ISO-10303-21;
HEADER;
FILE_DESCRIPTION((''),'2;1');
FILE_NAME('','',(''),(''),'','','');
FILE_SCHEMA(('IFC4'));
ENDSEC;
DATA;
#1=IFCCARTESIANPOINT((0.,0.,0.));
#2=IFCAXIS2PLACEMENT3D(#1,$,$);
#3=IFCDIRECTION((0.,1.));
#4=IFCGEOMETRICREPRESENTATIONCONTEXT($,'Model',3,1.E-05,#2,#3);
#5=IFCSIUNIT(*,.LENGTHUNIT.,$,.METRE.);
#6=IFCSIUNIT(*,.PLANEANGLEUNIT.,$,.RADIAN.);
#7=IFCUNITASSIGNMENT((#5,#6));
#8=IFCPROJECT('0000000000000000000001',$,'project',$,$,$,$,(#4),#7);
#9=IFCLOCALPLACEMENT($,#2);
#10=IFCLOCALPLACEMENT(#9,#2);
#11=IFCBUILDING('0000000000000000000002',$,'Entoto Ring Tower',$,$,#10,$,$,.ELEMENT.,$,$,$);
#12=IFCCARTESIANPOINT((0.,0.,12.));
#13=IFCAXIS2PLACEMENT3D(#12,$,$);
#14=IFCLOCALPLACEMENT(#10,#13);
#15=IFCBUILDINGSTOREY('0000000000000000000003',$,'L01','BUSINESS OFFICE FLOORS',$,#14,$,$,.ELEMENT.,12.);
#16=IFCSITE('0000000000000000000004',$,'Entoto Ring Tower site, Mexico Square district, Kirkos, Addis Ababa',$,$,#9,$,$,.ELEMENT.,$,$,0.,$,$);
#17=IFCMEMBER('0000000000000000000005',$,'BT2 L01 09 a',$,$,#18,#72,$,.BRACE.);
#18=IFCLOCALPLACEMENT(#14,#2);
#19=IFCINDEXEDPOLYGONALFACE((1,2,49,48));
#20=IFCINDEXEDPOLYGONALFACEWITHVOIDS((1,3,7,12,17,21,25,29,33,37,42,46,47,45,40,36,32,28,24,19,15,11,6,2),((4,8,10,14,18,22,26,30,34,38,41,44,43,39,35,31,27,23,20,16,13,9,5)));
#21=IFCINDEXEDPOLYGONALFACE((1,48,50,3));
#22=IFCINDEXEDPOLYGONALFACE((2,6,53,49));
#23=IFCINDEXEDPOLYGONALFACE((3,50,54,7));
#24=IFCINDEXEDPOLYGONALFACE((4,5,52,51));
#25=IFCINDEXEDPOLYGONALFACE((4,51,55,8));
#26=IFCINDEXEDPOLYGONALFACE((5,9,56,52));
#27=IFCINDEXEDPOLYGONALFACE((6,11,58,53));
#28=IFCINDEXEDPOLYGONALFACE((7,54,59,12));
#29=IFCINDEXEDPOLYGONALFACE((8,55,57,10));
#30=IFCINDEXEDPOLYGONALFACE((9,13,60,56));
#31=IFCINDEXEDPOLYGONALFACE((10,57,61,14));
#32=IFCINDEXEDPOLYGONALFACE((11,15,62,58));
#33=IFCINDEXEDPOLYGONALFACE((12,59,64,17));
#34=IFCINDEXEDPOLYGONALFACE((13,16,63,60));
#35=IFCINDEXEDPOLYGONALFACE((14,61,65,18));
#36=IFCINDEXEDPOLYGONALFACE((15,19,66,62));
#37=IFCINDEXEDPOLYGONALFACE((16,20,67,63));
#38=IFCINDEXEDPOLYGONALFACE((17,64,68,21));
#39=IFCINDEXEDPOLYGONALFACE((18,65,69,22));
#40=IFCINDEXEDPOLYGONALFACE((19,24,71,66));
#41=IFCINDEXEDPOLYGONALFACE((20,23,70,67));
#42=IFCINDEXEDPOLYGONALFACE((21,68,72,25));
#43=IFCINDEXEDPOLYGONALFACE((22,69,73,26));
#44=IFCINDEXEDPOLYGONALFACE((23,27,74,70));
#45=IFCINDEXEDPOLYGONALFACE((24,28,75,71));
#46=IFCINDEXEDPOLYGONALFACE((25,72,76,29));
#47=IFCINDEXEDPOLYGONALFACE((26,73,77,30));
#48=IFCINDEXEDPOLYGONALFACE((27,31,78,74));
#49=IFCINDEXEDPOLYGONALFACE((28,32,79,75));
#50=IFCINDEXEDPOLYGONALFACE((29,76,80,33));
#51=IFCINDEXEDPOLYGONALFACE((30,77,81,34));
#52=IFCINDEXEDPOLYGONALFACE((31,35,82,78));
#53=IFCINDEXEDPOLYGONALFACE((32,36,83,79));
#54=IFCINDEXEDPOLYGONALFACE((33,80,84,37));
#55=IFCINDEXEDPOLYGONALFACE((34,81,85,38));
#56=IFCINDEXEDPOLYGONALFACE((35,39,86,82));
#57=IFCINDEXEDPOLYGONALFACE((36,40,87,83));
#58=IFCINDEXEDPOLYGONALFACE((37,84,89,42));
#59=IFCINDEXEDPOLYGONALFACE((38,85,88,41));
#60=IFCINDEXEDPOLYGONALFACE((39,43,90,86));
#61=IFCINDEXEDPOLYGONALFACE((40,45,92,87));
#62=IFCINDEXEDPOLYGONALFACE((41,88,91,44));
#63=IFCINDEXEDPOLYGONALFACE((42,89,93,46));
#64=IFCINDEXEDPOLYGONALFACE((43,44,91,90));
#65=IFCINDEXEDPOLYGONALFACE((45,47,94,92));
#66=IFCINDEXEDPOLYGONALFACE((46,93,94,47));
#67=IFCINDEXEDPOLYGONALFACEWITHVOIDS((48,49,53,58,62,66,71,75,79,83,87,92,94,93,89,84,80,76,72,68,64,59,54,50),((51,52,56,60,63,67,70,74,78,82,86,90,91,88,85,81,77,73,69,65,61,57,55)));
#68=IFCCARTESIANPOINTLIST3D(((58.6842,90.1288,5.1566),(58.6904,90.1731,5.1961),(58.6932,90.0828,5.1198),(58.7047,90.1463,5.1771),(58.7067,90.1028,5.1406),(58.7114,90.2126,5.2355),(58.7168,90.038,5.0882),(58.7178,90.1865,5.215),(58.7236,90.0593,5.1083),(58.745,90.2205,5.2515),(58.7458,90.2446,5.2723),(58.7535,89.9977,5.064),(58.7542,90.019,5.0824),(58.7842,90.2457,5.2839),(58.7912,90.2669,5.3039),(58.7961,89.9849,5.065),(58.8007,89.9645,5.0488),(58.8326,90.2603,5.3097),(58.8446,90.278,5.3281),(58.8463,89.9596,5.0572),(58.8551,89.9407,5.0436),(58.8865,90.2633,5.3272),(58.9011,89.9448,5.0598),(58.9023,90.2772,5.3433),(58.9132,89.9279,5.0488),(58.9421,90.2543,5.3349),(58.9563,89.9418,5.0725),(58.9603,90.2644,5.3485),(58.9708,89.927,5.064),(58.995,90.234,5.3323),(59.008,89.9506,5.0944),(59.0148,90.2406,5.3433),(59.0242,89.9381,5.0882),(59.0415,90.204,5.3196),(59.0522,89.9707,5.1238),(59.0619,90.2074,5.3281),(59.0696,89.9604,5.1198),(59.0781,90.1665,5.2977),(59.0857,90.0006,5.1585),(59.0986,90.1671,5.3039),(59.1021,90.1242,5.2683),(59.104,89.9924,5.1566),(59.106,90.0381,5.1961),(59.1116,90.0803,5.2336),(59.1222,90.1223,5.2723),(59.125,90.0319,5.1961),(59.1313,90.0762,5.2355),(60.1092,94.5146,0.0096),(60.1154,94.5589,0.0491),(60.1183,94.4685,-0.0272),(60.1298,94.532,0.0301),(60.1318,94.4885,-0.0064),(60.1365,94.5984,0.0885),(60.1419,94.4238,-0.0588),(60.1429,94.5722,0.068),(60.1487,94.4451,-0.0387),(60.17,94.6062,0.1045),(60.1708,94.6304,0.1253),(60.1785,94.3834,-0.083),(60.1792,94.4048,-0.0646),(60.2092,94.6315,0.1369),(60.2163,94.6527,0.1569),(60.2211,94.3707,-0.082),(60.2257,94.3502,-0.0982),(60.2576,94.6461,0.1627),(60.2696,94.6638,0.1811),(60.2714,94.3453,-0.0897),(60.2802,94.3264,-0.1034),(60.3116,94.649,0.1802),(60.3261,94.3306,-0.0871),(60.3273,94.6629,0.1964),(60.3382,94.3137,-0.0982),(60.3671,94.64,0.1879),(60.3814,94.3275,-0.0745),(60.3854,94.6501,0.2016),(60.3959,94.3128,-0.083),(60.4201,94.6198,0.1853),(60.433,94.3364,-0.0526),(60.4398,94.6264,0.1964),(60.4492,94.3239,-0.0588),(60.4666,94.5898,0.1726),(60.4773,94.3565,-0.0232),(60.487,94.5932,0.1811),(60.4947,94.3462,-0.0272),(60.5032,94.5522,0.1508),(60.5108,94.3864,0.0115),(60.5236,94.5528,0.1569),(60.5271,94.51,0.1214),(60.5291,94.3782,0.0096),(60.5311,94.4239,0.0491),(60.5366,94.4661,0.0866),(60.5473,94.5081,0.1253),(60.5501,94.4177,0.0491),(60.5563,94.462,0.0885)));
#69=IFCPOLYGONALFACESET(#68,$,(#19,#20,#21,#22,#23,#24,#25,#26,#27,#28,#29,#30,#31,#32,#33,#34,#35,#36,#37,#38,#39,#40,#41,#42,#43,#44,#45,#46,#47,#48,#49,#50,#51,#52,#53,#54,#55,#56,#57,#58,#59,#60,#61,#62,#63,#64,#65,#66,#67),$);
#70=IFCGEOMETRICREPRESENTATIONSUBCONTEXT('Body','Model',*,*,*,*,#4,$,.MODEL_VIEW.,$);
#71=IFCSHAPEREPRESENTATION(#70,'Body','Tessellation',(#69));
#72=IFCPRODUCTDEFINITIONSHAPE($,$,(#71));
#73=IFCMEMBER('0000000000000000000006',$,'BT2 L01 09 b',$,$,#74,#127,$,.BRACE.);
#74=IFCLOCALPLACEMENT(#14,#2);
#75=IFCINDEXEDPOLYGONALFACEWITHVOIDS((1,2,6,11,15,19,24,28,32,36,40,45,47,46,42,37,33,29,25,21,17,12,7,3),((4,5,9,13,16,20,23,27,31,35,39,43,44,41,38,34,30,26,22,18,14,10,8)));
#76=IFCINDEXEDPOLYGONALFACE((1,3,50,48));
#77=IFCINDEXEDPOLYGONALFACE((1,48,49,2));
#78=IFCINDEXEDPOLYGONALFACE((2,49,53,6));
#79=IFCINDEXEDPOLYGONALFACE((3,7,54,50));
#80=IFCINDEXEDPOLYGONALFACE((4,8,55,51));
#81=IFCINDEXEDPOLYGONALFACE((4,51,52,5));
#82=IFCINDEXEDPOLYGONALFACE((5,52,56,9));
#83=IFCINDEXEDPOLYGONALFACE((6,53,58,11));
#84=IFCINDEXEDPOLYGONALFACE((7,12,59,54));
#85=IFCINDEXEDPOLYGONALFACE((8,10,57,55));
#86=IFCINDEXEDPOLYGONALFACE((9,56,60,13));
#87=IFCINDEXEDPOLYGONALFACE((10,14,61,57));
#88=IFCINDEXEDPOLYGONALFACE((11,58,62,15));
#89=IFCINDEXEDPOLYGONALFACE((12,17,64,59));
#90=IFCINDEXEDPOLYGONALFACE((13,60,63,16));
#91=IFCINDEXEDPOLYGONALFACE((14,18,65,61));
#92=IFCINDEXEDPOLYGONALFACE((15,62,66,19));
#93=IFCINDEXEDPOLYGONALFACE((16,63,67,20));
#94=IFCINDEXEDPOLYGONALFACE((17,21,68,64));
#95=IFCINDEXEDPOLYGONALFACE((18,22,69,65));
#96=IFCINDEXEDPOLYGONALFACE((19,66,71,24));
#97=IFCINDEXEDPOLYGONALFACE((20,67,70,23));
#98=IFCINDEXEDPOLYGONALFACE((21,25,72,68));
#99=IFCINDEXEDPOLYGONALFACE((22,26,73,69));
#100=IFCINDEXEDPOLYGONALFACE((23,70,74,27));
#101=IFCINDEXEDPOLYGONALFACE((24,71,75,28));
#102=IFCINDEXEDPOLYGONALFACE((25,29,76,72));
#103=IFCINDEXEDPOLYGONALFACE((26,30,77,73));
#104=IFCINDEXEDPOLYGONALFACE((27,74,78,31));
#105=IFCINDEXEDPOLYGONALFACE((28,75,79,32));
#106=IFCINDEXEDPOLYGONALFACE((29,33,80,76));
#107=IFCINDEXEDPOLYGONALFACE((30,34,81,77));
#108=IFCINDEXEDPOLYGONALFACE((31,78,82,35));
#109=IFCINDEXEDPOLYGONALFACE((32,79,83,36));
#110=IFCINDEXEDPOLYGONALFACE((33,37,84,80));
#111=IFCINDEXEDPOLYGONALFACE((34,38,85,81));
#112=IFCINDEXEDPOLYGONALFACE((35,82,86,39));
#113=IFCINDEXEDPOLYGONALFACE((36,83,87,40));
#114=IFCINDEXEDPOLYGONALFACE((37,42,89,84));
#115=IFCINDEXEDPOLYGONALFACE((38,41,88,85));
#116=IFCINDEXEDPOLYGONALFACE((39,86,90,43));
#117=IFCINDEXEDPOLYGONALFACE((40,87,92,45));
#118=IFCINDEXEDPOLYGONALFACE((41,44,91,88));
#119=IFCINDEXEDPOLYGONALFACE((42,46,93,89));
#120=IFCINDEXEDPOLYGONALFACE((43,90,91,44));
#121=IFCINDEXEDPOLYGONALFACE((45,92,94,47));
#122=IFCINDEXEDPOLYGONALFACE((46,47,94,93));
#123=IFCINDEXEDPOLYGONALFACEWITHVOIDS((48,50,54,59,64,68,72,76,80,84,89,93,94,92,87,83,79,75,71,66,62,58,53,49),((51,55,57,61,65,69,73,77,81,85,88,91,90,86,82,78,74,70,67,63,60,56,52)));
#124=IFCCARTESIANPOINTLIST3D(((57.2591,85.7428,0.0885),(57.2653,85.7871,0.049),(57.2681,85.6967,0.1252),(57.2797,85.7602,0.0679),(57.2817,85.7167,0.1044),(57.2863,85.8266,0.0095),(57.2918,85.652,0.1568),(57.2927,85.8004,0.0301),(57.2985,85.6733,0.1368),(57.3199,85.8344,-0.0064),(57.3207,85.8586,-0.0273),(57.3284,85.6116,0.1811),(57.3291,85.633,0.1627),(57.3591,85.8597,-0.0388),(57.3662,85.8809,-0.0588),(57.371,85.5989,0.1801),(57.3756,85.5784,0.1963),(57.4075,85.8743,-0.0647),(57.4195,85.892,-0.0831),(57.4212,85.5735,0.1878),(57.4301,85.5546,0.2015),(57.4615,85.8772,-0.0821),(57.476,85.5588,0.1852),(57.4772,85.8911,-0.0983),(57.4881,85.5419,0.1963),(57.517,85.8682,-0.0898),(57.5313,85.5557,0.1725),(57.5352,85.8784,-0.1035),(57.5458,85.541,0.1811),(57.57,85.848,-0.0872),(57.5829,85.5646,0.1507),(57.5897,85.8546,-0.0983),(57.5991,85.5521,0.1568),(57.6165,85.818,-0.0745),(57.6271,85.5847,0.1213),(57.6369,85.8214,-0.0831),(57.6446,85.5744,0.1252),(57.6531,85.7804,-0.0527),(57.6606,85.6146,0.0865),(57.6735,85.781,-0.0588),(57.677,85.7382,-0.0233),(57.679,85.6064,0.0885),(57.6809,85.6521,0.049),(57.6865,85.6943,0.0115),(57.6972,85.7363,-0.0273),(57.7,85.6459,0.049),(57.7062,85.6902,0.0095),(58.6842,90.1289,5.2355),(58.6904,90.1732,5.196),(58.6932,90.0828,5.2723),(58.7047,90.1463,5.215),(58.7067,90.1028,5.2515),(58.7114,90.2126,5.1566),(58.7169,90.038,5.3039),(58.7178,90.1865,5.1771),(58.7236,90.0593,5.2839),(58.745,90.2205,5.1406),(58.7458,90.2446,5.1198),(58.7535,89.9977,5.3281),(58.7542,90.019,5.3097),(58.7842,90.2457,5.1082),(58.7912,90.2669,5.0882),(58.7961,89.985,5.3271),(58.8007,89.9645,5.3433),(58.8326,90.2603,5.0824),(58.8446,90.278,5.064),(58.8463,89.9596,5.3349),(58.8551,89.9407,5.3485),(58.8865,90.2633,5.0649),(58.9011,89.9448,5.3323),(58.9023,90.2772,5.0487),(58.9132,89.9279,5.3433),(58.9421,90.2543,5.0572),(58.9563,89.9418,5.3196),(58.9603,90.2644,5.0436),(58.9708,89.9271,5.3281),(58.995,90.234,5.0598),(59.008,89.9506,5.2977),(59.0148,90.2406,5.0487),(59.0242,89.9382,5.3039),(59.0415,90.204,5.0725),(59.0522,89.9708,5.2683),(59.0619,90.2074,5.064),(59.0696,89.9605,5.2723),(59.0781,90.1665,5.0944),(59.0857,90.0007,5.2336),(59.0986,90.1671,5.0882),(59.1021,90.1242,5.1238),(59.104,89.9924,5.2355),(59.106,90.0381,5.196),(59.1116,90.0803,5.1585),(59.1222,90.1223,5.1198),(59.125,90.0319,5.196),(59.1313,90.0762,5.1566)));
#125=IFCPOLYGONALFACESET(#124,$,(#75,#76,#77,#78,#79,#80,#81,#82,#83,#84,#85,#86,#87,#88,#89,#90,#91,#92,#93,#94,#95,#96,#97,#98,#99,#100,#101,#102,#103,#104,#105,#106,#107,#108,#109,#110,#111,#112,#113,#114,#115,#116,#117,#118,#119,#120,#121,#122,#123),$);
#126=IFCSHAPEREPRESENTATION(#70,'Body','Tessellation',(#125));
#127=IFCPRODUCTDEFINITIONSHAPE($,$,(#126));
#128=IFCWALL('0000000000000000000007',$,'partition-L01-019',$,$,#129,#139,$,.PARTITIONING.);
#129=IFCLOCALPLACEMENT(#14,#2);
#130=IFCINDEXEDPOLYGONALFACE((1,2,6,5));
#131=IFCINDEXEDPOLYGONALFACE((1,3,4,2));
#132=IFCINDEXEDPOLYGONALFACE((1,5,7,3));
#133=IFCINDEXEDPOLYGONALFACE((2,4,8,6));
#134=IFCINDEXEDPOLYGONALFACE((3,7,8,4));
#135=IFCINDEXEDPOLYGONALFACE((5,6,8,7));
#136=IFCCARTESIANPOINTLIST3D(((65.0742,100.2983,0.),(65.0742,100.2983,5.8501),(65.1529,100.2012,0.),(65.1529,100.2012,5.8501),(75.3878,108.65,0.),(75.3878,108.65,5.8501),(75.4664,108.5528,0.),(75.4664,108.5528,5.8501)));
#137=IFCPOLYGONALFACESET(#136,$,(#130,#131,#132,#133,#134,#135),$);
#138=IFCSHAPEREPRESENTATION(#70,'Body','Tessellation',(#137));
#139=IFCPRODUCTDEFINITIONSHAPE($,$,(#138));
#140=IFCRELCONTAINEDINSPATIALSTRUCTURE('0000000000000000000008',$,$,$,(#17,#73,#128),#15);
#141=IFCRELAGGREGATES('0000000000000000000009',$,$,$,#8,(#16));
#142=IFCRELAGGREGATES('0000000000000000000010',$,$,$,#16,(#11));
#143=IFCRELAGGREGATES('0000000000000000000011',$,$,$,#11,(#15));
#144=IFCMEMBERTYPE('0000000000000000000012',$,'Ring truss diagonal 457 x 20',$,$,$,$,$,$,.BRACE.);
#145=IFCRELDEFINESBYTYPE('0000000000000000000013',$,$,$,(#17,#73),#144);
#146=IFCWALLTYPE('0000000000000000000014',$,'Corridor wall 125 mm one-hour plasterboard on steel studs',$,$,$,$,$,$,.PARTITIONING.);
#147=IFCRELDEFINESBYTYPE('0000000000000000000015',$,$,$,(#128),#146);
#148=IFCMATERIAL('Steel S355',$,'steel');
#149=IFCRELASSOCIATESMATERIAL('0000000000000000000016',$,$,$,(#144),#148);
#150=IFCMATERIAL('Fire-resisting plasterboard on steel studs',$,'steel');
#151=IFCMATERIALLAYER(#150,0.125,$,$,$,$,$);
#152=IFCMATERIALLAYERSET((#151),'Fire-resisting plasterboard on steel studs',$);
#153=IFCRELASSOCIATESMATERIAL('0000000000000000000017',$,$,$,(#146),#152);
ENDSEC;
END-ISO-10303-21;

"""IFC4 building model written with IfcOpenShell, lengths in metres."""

from ifc_helpers import new_model, si_unit, direction, frame, frame_2d, origin, origin_2d, place, context, subcontext, project, spatial, rectangle, circle, hollow_circle, extrude, material, layer, layer_set, material_profile, profile_set, type_object, element, save


model = new_model("IFC4")

# Units and contexts
model_context = context("Model", 3, precision=1e-05, world=origin(), true_north=direction((0.0, 1.0)))
body_context = subcontext(model_context, "Body", "Model", "MODEL_VIEW")
ifc_project = project(units=[si_unit("LENGTHUNIT", "METRE"), si_unit("PLANEANGLEUNIT", "RADIAN")], contexts=[model_context])

# Site, building, storey
site_placement = place(None, origin())
site = spatial("IfcSite", under=ifc_project, at=site_placement, Name="Entoto Ring Tower site, Mexico Square district, Kirkos, Addis Ababa", CompositionType="ELEMENT", RefElevation=0.0)
building_placement = place(site_placement, origin())
building = spatial("IfcBuilding", under=site, at=building_placement, Name="Entoto Ring Tower", CompositionType="ELEMENT")
storey_placement = place(building_placement, frame((0.0, 0.0, 12.0)))
storey = spatial("IfcBuildingStorey", under=building, at=storey_placement, Name="L01", Description="BUSINESS OFFICE FLOORS", CompositionType="ELEMENT", Elevation=12.0)

# Members
ifc_material_1 = material(Name="Steel S355", Category="steel")
ifc_material_profile_1 = material_profile(ifc_material_1, hollow_circle(Radius=0.2285, WallThickness=0.02, at=origin_2d()), Name="CHS 457 x 20")
ifc_material_2 = material(Name="Concrete C60/75", Category="concrete")
ifc_material_profile_2 = material_profile(ifc_material_2, circle(Radius=0.2085, at=origin_2d()), Name="Concrete C60/75 infill")
ifc_profile_set_1 = profile_set([ifc_material_profile_1, ifc_material_profile_2], Name="Steel S355")
member_type_1 = type_object("IfcMemberType", Name="Ring truss diagonal 457 x 20", PredefinedType="BRACE", material=ifc_profile_set_1)
for number, where, z_axis, x_axis, name in (
    (1, (60.3328, 94.4883, 0.0491), (-0.206211, -0.634637, 0.744791), (0.951054, -0.309024, 0.0), "BT2 L01 09 a"),
):
    element("IfcMember", number, at=place(storey_placement, frame(where, z_axis=z_axis, x_axis=x_axis)), inside=storey, type_object=member_type_1, Name=name, PredefinedType="BRACE", context=body_context, shape_type="SweptSolid", body=[
        extrude(hollow_circle(Radius=0.2285, WallThickness=0.02, at=origin_2d()), origin(), (0.0, 0.0, 1.0), 6.9106),
    ])
member_1_placement = place(storey_placement, frame((58.9077, 90.1025, 5.196), z_axis=(-0.206206, -0.634658, -0.744774), x_axis=(0.951059, -0.309008, 0.0)))
element("IfcMember", 2, at=member_1_placement, inside=storey, type_object=member_type_1, Name="BT2 L01 09 b", PredefinedType="BRACE", context=body_context, shape_type="SweptSolid", body=[
    extrude(hollow_circle(Radius=0.2285, WallThickness=0.02, at=origin_2d()), origin(), (0.0, 0.0, 1.0), 6.9109),
])

# Wall
ifc_material_3 = material(Name="Fire-resisting plasterboard on steel studs", Category="steel")
ifc_layer = layer(ifc_material_3, 0.125)
ifc_layer_set = layer_set([ifc_layer], Name="Fire-resisting plasterboard on steel studs")
wall_type = type_object("IfcWallType", Name="Corridor wall 125 mm one-hour plasterboard on steel studs", PredefinedType="PARTITIONING", material=ifc_layer_set)
wall_placement = place(storey_placement, frame((65.1135, 100.2498, 0.0), z_axis=(0.0, 0.0, 1.0), x_axis=(0.777151, 0.629315, 0.0)))
element("IfcWall", 3, at=wall_placement, inside=storey, type_object=wall_type, Name="partition-L01-019", PredefinedType="PARTITIONING", context=body_context, shape_type="SweptSolid", body=[
    extrude(rectangle(XDim=13.271, YDim=0.125, at=frame_2d((6.6355, 0.0))), origin(), (0.0, 0.0, 1.0), 5.8501),
])

save(model, "model.ifc")
